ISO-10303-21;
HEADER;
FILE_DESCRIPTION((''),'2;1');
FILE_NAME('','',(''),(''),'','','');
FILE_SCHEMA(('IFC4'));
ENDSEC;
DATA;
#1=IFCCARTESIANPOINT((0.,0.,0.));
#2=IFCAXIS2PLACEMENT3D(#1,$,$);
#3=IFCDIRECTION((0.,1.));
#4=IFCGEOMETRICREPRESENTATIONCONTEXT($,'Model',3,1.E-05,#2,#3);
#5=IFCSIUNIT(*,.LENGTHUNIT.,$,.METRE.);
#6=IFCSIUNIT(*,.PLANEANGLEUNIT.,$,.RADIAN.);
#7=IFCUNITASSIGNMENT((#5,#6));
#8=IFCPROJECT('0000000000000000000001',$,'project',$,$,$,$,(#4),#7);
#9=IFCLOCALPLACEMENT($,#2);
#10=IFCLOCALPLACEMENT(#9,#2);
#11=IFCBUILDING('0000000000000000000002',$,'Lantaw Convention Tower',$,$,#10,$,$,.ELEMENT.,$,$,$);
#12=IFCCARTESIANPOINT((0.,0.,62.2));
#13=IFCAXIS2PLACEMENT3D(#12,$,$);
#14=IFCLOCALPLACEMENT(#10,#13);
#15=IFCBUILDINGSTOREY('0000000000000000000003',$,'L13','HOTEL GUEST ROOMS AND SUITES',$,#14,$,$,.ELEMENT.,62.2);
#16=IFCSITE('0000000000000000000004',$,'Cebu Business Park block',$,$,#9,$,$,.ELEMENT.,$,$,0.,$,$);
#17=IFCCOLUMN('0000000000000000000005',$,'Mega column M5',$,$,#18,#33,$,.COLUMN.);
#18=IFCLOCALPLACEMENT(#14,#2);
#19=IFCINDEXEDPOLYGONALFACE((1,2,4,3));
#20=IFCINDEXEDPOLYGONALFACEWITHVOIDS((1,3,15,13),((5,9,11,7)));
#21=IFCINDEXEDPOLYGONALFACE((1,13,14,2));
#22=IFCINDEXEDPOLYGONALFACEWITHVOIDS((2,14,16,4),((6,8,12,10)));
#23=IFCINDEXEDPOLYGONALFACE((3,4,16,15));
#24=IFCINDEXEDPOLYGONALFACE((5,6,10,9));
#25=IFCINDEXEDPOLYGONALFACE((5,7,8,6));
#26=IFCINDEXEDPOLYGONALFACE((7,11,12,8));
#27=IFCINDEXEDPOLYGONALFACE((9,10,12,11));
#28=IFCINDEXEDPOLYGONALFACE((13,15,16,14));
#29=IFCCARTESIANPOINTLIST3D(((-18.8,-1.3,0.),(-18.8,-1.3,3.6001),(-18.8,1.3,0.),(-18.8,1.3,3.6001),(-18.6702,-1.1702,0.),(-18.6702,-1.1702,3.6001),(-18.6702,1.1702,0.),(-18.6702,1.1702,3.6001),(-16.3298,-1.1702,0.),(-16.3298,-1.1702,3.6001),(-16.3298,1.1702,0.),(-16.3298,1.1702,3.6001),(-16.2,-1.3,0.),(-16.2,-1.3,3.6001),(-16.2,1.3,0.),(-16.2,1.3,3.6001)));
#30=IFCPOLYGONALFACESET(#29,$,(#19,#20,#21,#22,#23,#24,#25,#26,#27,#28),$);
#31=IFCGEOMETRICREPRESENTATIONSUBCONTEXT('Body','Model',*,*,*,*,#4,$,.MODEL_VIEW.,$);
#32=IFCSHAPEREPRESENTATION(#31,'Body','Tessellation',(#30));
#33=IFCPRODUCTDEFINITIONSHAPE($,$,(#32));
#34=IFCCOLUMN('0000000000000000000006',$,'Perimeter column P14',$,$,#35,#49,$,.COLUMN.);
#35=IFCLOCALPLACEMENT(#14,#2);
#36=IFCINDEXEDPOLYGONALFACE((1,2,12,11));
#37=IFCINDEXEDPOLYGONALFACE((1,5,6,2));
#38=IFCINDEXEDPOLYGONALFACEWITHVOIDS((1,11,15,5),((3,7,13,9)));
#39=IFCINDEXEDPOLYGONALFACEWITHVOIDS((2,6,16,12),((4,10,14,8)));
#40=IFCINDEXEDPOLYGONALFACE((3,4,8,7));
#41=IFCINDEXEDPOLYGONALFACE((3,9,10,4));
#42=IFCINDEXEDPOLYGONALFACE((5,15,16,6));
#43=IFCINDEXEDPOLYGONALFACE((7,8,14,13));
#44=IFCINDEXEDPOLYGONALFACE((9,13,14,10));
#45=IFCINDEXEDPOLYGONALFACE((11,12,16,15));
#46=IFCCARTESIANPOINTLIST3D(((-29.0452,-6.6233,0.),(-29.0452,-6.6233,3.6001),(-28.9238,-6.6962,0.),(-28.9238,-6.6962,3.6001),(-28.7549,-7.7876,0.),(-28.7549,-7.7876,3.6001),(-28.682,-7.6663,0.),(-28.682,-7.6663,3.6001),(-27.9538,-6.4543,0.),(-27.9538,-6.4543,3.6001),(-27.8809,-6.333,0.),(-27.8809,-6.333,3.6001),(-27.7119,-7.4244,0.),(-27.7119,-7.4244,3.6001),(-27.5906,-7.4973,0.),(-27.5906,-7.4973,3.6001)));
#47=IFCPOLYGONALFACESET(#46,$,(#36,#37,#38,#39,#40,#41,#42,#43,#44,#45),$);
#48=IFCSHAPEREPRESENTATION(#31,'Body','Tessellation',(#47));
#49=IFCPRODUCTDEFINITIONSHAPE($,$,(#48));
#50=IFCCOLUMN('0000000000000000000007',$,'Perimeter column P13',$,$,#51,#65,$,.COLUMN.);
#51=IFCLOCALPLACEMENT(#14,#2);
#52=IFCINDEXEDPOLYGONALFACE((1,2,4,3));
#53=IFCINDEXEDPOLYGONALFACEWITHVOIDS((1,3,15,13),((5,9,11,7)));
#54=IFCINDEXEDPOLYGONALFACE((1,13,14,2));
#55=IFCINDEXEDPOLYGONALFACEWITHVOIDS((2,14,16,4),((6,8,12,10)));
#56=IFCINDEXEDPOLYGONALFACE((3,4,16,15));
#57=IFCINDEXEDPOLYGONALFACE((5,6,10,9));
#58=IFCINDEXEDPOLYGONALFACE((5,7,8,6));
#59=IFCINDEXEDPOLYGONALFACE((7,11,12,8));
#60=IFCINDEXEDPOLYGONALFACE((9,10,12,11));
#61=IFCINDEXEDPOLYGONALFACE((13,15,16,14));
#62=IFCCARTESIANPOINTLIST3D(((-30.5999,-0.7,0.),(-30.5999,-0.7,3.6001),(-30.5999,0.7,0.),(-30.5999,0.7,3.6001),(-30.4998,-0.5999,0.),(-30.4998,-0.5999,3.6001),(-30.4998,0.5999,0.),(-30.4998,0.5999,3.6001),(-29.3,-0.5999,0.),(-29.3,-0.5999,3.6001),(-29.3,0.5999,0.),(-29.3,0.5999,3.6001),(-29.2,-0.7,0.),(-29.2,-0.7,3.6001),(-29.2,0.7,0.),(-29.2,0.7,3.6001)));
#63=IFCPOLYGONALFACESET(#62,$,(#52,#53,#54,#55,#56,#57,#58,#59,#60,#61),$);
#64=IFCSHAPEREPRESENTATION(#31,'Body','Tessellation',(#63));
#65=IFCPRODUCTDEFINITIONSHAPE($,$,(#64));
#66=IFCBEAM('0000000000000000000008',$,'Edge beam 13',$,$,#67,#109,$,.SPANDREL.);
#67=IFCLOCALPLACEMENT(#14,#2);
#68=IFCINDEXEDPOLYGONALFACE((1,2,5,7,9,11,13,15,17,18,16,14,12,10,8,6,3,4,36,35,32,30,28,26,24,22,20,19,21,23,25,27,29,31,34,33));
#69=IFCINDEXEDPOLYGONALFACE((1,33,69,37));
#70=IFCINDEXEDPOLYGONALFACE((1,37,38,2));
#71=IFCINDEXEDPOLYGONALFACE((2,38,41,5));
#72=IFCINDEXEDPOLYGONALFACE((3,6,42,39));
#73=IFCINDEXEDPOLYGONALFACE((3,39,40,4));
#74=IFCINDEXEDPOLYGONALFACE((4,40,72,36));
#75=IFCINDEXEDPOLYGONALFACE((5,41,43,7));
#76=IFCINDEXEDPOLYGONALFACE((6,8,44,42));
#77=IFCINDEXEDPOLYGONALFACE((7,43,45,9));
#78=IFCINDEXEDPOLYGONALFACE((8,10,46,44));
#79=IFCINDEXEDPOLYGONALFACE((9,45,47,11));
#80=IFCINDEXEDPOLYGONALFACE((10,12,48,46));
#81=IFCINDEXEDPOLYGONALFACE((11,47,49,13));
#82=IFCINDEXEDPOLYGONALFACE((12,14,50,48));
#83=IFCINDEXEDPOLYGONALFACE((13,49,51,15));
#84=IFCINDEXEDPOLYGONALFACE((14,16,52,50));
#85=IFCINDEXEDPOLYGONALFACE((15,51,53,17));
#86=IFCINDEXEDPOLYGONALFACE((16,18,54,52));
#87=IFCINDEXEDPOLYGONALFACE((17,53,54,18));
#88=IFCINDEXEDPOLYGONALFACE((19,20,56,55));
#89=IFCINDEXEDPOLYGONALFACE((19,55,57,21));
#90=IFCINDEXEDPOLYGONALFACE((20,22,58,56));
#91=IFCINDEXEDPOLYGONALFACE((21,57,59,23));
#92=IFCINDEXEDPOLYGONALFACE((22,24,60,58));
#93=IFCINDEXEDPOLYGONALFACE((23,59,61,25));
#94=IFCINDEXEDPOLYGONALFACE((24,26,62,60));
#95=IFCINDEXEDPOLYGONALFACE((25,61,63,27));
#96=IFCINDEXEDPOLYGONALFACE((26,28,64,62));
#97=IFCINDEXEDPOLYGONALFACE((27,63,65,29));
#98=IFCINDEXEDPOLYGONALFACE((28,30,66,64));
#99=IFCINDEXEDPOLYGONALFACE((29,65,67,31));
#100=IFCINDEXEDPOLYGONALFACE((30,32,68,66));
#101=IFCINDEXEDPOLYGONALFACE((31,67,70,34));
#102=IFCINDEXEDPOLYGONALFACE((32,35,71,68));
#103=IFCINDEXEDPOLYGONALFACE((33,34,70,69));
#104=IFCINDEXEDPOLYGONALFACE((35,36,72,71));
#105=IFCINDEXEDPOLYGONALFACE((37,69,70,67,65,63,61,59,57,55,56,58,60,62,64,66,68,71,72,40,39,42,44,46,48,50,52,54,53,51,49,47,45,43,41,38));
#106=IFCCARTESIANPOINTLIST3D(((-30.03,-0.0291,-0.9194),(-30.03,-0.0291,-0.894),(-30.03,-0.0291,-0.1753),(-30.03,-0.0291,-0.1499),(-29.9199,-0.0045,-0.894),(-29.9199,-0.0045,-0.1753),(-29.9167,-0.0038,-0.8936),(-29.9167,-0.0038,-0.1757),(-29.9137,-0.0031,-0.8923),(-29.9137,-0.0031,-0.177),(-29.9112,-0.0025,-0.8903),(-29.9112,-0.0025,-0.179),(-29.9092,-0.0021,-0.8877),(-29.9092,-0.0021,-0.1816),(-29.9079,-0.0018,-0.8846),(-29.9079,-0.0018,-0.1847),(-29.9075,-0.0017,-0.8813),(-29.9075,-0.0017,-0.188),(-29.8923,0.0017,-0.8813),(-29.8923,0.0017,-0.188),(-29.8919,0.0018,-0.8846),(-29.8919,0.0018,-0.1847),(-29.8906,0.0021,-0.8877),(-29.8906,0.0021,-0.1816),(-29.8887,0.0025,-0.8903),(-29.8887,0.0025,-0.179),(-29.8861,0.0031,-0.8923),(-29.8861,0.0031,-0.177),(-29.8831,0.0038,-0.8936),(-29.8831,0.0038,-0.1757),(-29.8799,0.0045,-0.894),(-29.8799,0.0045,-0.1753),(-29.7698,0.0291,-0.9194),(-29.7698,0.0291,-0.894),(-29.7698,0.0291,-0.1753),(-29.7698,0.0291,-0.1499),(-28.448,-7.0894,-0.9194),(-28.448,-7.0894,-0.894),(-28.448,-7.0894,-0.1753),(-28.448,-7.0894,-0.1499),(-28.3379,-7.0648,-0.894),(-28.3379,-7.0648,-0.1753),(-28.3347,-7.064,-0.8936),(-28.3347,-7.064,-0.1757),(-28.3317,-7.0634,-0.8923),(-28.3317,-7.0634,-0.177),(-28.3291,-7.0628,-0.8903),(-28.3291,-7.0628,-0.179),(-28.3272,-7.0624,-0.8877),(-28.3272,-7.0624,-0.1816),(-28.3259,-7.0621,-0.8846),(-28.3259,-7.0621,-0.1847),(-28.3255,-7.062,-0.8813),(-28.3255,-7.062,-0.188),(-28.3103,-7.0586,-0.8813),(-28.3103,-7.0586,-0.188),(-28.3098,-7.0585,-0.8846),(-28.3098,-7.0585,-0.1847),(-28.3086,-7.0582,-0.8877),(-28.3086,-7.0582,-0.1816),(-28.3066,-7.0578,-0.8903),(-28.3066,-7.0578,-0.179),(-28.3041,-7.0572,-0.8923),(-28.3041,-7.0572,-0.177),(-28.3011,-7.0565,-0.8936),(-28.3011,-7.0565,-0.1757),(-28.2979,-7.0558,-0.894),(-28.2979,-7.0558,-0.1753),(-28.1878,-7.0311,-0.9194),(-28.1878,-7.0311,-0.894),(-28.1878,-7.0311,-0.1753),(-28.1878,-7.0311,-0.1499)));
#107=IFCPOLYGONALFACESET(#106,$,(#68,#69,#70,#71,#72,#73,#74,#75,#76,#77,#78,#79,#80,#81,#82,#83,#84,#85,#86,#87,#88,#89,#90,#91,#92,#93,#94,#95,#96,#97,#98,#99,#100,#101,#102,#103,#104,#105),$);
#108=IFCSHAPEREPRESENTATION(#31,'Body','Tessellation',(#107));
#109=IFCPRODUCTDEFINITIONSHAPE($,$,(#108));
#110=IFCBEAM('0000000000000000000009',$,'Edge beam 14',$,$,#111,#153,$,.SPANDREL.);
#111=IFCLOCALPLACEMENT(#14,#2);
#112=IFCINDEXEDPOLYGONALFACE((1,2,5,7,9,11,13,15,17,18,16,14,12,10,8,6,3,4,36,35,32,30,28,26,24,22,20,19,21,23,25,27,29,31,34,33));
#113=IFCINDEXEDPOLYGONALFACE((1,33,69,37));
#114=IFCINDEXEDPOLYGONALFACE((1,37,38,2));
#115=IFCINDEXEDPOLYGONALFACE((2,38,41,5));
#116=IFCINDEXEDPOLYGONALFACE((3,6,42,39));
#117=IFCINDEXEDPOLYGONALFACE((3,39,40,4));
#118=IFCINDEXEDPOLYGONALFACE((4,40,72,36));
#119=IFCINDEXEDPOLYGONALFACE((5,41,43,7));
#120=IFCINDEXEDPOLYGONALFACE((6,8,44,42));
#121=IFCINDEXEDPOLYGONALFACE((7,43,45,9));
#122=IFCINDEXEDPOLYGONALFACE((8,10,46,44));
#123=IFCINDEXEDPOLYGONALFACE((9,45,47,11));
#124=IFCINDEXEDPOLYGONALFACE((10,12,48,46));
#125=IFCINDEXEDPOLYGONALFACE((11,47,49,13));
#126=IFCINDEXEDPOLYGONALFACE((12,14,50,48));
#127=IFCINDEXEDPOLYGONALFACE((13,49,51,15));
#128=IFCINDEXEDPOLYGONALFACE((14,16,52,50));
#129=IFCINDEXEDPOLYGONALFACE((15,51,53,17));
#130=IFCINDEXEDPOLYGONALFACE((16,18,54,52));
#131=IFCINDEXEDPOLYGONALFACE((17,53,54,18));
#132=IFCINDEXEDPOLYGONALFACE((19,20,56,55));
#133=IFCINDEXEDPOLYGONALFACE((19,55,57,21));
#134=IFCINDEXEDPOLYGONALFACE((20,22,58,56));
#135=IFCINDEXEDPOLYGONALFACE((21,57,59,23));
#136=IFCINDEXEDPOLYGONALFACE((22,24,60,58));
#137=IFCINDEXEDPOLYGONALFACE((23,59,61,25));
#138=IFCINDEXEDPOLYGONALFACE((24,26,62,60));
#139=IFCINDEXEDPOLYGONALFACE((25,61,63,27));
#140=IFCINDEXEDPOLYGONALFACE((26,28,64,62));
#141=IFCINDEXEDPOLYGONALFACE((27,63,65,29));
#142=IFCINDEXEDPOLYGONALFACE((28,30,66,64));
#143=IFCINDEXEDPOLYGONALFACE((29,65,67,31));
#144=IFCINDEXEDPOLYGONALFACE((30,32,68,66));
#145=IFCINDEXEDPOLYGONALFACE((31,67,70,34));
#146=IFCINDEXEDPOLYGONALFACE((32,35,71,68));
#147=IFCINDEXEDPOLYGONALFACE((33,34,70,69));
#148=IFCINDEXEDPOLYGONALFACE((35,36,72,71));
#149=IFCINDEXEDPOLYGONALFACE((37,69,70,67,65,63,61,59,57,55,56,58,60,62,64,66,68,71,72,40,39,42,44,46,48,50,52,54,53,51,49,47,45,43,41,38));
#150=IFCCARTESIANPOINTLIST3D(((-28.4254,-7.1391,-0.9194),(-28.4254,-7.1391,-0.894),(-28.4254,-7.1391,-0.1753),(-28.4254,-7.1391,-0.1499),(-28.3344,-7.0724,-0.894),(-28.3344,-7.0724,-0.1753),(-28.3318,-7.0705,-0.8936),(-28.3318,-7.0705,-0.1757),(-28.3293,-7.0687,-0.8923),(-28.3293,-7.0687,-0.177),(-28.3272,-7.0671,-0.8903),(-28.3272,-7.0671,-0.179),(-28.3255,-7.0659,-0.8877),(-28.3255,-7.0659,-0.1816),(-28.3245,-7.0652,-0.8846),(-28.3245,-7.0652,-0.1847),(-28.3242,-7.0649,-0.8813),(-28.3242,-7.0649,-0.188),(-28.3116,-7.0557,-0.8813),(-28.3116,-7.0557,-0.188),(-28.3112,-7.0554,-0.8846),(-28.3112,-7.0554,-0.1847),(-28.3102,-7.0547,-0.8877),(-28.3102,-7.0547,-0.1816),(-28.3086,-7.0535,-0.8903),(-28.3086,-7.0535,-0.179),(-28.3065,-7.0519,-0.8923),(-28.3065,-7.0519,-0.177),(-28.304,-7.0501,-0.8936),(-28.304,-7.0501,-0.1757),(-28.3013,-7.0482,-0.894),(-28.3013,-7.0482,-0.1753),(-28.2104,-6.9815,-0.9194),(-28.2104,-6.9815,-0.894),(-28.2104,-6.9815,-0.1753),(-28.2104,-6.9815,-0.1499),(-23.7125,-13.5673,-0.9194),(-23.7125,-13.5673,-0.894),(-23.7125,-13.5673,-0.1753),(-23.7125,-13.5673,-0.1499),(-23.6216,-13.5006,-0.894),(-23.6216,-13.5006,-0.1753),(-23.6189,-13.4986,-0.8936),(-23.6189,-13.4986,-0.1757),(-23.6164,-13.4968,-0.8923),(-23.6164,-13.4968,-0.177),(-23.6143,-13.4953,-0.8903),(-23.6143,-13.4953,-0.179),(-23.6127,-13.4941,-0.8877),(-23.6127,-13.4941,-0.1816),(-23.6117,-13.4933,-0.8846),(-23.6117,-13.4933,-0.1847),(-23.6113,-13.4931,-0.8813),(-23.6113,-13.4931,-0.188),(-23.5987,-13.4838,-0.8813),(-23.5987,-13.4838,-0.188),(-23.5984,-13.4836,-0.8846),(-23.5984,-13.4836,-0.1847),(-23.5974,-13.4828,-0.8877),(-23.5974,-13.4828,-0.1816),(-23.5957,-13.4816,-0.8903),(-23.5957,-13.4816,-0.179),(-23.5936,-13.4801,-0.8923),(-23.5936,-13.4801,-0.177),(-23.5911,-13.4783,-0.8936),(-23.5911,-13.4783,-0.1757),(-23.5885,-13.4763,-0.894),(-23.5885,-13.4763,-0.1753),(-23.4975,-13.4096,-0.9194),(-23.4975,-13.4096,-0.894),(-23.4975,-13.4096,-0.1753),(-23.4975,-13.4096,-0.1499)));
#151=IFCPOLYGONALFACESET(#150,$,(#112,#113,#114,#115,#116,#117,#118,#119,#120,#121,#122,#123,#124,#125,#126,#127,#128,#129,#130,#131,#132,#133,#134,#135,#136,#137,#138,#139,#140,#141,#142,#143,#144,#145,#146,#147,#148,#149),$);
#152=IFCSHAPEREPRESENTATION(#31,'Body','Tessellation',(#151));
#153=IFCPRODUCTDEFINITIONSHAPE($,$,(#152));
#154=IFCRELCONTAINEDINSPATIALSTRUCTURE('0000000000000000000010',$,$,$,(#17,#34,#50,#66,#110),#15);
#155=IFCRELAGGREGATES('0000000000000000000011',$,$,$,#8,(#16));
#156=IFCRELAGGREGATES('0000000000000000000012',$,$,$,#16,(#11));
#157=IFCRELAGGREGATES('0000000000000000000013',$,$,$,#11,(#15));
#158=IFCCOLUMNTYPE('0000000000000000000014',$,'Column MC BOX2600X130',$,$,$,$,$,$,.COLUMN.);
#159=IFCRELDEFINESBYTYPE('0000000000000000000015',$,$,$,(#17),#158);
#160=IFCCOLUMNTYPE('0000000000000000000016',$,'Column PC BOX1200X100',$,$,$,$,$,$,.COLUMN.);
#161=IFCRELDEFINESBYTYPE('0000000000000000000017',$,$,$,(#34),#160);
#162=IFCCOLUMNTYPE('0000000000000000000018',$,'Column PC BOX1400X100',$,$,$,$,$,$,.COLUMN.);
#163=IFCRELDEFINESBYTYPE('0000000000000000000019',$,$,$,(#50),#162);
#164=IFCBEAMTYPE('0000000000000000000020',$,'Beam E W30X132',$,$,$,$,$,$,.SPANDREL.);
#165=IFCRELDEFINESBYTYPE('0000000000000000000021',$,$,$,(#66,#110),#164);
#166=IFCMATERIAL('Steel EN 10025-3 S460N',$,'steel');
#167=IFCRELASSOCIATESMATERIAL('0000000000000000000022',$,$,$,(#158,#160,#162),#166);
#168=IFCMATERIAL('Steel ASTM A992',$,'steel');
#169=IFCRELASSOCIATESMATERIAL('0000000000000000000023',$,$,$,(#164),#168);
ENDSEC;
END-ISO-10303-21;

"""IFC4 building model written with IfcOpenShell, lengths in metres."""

from ifc_helpers import new_model, si_unit, direction, frame, origin, origin_2d, place, context, subcontext, project, spatial, rectangle, hollow_rectangle, i_section, extrude, material, material_profile, profile_set, type_object, element, save


model = new_model("IFC4")

# Units and contexts
model_context = context("Model", 3, precision=1e-05, world=origin(), true_north=direction((0.0, 1.0)))
body_context = subcontext(model_context, "Body", "Model", "MODEL_VIEW")
ifc_project = project(units=[si_unit("LENGTHUNIT", "METRE"), si_unit("PLANEANGLEUNIT", "RADIAN")], contexts=[model_context])

# Site, building, storey
site_placement = place(None, origin())
site = spatial("IfcSite", under=ifc_project, at=site_placement, Name="Cebu Business Park block", CompositionType="ELEMENT", RefElevation=0.0)
building_placement = place(site_placement, origin())
building = spatial("IfcBuilding", under=site, at=building_placement, Name="Lantaw Convention Tower", CompositionType="ELEMENT")
storey_placement = place(building_placement, frame((0.0, 0.0, 62.2)))
storey = spatial("IfcBuildingStorey", under=building, at=storey_placement, Name="L13", Description="HOTEL GUEST ROOMS AND SUITES", CompositionType="ELEMENT", Elevation=62.2)

# Columns
ifc_material_1 = material(Name="Steel EN 10025-3 S460N", Category="steel")
ifc_material_profile_1 = material_profile(ifc_material_1, hollow_rectangle(XDim=2.6001, YDim=2.6001, WallThickness=0.1299, at=origin_2d()), Name="BOX2600X130")
ifc_material_2 = material(Name="Concrete C60/75", Category="concrete")
ifc_material_profile_2 = material_profile(ifc_material_2, rectangle(XDim=2.3401, YDim=2.3401, at=origin_2d()), Name="Concrete fill of BOX2600X130")
ifc_profile_set_1 = profile_set([ifc_material_profile_1, ifc_material_profile_2], Name="Steel EN 10025-3 S460N")
column_type_1 = type_object("IfcColumnType", Name="Column MC BOX2600X130", PredefinedType="COLUMN", material=ifc_profile_set_1)
column_1_placement = place(storey_placement, frame((-17.5, 0.0, 0.0), z_axis=(0.0, 0.0, 1.0), x_axis=(1.0, 0.0, 0.0)))
element("IfcColumn", 1, at=column_1_placement, inside=storey, type_object=column_type_1, Name="Mega column M5", PredefinedType="COLUMN", context=body_context, shape_type="SweptSolid", body=[
    extrude(hollow_rectangle(XDim=2.6001, YDim=2.6001, WallThickness=0.1299, at=origin_2d()), origin(), (0.0, 0.0, 1.0), 3.6001),
])
ifc_material_profile_3 = material_profile(ifc_material_1, hollow_rectangle(XDim=1.2, YDim=1.2, WallThickness=0.1001, at=origin_2d()), Name="BOX1200X100")
ifc_material_profile_4 = material_profile(ifc_material_2, rectangle(XDim=1.0, YDim=1.0, at=origin_2d()), Name="Concrete fill of BOX1200X100")
ifc_profile_set_2 = profile_set([ifc_material_profile_3, ifc_material_profile_4], Name="Steel EN 10025-3 S460N")
column_type_2 = type_object("IfcColumnType", Name="Column PC BOX1200X100", PredefinedType="COLUMN", material=ifc_profile_set_2)
column_2_placement = place(storey_placement, frame((-28.3179, -7.0603, 0.0), z_axis=(0.0, 0.0, 1.0), x_axis=(0.970296, 0.241922, 0.0)))
element("IfcColumn", 2, at=column_2_placement, inside=storey, type_object=column_type_2, Name="Perimeter column P14", PredefinedType="COLUMN", context=body_context, shape_type="SweptSolid", body=[
    extrude(hollow_rectangle(XDim=1.2, YDim=1.2, WallThickness=0.1001, at=origin_2d()), origin(), (0.0, 0.0, 1.0), 3.6001),
])
ifc_material_profile_5 = material_profile(ifc_material_1, hollow_rectangle(XDim=1.3999, YDim=1.3999, WallThickness=0.1001, at=origin_2d()), Name="BOX1400X100")
ifc_material_profile_6 = material_profile(ifc_material_2, rectangle(XDim=1.2, YDim=1.2, at=origin_2d()), Name="Concrete fill of BOX1400X100")
ifc_profile_set_3 = profile_set([ifc_material_profile_5, ifc_material_profile_6], Name="Steel EN 10025-3 S460N")
column_type_3 = type_object("IfcColumnType", Name="Column PC BOX1400X100", PredefinedType="COLUMN", material=ifc_profile_set_3)
column_3_placement = place(storey_placement, frame((-29.8999, 0.0, 0.0), z_axis=(0.0, 0.0, 1.0), x_axis=(1.0, 0.0, 0.0)))
element("IfcColumn", 3, at=column_3_placement, inside=storey, type_object=column_type_3, Name="Perimeter column P13", PredefinedType="COLUMN", context=body_context, shape_type="SweptSolid", body=[
    extrude(hollow_rectangle(XDim=1.3999, YDim=1.3999, WallThickness=0.1001, at=origin_2d()), origin(), (0.0, 0.0, 1.0), 3.6001),
])

# Beams
ifc_material_3 = material(Name="Steel ASTM A992", Category="steel")
ifc_material_profile_7 = material_profile(ifc_material_3, i_section(OverallWidth=0.2666, OverallDepth=0.7695, WebThickness=0.0156, FlangeThickness=0.0254, FilletRadius=0.0127, at=origin_2d()), Name="W30X132")
ifc_profile_set_4 = profile_set([ifc_material_profile_7], Name="Steel ASTM A992")
beam_type_1 = type_object("IfcBeamType", Name="Beam E W30X132", PredefinedType="SPANDREL", material=ifc_profile_set_4)
beam_1_placement = place(storey_placement, frame((-29.8999, 0.0, -0.5347), z_axis=(0.218652, -0.975803, 0.0), x_axis=(0.975803, 0.218652, 0.0)))
element("IfcBeam", 4, at=beam_1_placement, inside=storey, type_object=beam_type_1, Name="Edge beam 13", PredefinedType="SPANDREL", context=body_context, shape_type="SweptSolid", body=[
    extrude(i_section(OverallWidth=0.2666, OverallDepth=0.7695, WebThickness=0.0156, FlangeThickness=0.0254, FilletRadius=0.0127, at=origin_2d()), origin(), (0.0, 0.0, 1.0), 7.2354),
])
beam_2_placement = place(storey_placement, frame((-28.3179, -7.0603, -0.5347), z_axis=(0.591271, -0.806473, 0.0), x_axis=(0.806473, 0.591271, 0.0)))
element("IfcBeam", 5, at=beam_2_placement, inside=storey, type_object=beam_type_1, Name="Edge beam 14", PredefinedType="SPANDREL", context=body_context, shape_type="SweptSolid", body=[
    extrude(i_section(OverallWidth=0.2666, OverallDepth=0.7695, WebThickness=0.0156, FlangeThickness=0.0254, FilletRadius=0.0127, at=origin_2d()), origin(), (0.0, 0.0, 1.0), 7.9707),
])

save(model, "model.ifc")
